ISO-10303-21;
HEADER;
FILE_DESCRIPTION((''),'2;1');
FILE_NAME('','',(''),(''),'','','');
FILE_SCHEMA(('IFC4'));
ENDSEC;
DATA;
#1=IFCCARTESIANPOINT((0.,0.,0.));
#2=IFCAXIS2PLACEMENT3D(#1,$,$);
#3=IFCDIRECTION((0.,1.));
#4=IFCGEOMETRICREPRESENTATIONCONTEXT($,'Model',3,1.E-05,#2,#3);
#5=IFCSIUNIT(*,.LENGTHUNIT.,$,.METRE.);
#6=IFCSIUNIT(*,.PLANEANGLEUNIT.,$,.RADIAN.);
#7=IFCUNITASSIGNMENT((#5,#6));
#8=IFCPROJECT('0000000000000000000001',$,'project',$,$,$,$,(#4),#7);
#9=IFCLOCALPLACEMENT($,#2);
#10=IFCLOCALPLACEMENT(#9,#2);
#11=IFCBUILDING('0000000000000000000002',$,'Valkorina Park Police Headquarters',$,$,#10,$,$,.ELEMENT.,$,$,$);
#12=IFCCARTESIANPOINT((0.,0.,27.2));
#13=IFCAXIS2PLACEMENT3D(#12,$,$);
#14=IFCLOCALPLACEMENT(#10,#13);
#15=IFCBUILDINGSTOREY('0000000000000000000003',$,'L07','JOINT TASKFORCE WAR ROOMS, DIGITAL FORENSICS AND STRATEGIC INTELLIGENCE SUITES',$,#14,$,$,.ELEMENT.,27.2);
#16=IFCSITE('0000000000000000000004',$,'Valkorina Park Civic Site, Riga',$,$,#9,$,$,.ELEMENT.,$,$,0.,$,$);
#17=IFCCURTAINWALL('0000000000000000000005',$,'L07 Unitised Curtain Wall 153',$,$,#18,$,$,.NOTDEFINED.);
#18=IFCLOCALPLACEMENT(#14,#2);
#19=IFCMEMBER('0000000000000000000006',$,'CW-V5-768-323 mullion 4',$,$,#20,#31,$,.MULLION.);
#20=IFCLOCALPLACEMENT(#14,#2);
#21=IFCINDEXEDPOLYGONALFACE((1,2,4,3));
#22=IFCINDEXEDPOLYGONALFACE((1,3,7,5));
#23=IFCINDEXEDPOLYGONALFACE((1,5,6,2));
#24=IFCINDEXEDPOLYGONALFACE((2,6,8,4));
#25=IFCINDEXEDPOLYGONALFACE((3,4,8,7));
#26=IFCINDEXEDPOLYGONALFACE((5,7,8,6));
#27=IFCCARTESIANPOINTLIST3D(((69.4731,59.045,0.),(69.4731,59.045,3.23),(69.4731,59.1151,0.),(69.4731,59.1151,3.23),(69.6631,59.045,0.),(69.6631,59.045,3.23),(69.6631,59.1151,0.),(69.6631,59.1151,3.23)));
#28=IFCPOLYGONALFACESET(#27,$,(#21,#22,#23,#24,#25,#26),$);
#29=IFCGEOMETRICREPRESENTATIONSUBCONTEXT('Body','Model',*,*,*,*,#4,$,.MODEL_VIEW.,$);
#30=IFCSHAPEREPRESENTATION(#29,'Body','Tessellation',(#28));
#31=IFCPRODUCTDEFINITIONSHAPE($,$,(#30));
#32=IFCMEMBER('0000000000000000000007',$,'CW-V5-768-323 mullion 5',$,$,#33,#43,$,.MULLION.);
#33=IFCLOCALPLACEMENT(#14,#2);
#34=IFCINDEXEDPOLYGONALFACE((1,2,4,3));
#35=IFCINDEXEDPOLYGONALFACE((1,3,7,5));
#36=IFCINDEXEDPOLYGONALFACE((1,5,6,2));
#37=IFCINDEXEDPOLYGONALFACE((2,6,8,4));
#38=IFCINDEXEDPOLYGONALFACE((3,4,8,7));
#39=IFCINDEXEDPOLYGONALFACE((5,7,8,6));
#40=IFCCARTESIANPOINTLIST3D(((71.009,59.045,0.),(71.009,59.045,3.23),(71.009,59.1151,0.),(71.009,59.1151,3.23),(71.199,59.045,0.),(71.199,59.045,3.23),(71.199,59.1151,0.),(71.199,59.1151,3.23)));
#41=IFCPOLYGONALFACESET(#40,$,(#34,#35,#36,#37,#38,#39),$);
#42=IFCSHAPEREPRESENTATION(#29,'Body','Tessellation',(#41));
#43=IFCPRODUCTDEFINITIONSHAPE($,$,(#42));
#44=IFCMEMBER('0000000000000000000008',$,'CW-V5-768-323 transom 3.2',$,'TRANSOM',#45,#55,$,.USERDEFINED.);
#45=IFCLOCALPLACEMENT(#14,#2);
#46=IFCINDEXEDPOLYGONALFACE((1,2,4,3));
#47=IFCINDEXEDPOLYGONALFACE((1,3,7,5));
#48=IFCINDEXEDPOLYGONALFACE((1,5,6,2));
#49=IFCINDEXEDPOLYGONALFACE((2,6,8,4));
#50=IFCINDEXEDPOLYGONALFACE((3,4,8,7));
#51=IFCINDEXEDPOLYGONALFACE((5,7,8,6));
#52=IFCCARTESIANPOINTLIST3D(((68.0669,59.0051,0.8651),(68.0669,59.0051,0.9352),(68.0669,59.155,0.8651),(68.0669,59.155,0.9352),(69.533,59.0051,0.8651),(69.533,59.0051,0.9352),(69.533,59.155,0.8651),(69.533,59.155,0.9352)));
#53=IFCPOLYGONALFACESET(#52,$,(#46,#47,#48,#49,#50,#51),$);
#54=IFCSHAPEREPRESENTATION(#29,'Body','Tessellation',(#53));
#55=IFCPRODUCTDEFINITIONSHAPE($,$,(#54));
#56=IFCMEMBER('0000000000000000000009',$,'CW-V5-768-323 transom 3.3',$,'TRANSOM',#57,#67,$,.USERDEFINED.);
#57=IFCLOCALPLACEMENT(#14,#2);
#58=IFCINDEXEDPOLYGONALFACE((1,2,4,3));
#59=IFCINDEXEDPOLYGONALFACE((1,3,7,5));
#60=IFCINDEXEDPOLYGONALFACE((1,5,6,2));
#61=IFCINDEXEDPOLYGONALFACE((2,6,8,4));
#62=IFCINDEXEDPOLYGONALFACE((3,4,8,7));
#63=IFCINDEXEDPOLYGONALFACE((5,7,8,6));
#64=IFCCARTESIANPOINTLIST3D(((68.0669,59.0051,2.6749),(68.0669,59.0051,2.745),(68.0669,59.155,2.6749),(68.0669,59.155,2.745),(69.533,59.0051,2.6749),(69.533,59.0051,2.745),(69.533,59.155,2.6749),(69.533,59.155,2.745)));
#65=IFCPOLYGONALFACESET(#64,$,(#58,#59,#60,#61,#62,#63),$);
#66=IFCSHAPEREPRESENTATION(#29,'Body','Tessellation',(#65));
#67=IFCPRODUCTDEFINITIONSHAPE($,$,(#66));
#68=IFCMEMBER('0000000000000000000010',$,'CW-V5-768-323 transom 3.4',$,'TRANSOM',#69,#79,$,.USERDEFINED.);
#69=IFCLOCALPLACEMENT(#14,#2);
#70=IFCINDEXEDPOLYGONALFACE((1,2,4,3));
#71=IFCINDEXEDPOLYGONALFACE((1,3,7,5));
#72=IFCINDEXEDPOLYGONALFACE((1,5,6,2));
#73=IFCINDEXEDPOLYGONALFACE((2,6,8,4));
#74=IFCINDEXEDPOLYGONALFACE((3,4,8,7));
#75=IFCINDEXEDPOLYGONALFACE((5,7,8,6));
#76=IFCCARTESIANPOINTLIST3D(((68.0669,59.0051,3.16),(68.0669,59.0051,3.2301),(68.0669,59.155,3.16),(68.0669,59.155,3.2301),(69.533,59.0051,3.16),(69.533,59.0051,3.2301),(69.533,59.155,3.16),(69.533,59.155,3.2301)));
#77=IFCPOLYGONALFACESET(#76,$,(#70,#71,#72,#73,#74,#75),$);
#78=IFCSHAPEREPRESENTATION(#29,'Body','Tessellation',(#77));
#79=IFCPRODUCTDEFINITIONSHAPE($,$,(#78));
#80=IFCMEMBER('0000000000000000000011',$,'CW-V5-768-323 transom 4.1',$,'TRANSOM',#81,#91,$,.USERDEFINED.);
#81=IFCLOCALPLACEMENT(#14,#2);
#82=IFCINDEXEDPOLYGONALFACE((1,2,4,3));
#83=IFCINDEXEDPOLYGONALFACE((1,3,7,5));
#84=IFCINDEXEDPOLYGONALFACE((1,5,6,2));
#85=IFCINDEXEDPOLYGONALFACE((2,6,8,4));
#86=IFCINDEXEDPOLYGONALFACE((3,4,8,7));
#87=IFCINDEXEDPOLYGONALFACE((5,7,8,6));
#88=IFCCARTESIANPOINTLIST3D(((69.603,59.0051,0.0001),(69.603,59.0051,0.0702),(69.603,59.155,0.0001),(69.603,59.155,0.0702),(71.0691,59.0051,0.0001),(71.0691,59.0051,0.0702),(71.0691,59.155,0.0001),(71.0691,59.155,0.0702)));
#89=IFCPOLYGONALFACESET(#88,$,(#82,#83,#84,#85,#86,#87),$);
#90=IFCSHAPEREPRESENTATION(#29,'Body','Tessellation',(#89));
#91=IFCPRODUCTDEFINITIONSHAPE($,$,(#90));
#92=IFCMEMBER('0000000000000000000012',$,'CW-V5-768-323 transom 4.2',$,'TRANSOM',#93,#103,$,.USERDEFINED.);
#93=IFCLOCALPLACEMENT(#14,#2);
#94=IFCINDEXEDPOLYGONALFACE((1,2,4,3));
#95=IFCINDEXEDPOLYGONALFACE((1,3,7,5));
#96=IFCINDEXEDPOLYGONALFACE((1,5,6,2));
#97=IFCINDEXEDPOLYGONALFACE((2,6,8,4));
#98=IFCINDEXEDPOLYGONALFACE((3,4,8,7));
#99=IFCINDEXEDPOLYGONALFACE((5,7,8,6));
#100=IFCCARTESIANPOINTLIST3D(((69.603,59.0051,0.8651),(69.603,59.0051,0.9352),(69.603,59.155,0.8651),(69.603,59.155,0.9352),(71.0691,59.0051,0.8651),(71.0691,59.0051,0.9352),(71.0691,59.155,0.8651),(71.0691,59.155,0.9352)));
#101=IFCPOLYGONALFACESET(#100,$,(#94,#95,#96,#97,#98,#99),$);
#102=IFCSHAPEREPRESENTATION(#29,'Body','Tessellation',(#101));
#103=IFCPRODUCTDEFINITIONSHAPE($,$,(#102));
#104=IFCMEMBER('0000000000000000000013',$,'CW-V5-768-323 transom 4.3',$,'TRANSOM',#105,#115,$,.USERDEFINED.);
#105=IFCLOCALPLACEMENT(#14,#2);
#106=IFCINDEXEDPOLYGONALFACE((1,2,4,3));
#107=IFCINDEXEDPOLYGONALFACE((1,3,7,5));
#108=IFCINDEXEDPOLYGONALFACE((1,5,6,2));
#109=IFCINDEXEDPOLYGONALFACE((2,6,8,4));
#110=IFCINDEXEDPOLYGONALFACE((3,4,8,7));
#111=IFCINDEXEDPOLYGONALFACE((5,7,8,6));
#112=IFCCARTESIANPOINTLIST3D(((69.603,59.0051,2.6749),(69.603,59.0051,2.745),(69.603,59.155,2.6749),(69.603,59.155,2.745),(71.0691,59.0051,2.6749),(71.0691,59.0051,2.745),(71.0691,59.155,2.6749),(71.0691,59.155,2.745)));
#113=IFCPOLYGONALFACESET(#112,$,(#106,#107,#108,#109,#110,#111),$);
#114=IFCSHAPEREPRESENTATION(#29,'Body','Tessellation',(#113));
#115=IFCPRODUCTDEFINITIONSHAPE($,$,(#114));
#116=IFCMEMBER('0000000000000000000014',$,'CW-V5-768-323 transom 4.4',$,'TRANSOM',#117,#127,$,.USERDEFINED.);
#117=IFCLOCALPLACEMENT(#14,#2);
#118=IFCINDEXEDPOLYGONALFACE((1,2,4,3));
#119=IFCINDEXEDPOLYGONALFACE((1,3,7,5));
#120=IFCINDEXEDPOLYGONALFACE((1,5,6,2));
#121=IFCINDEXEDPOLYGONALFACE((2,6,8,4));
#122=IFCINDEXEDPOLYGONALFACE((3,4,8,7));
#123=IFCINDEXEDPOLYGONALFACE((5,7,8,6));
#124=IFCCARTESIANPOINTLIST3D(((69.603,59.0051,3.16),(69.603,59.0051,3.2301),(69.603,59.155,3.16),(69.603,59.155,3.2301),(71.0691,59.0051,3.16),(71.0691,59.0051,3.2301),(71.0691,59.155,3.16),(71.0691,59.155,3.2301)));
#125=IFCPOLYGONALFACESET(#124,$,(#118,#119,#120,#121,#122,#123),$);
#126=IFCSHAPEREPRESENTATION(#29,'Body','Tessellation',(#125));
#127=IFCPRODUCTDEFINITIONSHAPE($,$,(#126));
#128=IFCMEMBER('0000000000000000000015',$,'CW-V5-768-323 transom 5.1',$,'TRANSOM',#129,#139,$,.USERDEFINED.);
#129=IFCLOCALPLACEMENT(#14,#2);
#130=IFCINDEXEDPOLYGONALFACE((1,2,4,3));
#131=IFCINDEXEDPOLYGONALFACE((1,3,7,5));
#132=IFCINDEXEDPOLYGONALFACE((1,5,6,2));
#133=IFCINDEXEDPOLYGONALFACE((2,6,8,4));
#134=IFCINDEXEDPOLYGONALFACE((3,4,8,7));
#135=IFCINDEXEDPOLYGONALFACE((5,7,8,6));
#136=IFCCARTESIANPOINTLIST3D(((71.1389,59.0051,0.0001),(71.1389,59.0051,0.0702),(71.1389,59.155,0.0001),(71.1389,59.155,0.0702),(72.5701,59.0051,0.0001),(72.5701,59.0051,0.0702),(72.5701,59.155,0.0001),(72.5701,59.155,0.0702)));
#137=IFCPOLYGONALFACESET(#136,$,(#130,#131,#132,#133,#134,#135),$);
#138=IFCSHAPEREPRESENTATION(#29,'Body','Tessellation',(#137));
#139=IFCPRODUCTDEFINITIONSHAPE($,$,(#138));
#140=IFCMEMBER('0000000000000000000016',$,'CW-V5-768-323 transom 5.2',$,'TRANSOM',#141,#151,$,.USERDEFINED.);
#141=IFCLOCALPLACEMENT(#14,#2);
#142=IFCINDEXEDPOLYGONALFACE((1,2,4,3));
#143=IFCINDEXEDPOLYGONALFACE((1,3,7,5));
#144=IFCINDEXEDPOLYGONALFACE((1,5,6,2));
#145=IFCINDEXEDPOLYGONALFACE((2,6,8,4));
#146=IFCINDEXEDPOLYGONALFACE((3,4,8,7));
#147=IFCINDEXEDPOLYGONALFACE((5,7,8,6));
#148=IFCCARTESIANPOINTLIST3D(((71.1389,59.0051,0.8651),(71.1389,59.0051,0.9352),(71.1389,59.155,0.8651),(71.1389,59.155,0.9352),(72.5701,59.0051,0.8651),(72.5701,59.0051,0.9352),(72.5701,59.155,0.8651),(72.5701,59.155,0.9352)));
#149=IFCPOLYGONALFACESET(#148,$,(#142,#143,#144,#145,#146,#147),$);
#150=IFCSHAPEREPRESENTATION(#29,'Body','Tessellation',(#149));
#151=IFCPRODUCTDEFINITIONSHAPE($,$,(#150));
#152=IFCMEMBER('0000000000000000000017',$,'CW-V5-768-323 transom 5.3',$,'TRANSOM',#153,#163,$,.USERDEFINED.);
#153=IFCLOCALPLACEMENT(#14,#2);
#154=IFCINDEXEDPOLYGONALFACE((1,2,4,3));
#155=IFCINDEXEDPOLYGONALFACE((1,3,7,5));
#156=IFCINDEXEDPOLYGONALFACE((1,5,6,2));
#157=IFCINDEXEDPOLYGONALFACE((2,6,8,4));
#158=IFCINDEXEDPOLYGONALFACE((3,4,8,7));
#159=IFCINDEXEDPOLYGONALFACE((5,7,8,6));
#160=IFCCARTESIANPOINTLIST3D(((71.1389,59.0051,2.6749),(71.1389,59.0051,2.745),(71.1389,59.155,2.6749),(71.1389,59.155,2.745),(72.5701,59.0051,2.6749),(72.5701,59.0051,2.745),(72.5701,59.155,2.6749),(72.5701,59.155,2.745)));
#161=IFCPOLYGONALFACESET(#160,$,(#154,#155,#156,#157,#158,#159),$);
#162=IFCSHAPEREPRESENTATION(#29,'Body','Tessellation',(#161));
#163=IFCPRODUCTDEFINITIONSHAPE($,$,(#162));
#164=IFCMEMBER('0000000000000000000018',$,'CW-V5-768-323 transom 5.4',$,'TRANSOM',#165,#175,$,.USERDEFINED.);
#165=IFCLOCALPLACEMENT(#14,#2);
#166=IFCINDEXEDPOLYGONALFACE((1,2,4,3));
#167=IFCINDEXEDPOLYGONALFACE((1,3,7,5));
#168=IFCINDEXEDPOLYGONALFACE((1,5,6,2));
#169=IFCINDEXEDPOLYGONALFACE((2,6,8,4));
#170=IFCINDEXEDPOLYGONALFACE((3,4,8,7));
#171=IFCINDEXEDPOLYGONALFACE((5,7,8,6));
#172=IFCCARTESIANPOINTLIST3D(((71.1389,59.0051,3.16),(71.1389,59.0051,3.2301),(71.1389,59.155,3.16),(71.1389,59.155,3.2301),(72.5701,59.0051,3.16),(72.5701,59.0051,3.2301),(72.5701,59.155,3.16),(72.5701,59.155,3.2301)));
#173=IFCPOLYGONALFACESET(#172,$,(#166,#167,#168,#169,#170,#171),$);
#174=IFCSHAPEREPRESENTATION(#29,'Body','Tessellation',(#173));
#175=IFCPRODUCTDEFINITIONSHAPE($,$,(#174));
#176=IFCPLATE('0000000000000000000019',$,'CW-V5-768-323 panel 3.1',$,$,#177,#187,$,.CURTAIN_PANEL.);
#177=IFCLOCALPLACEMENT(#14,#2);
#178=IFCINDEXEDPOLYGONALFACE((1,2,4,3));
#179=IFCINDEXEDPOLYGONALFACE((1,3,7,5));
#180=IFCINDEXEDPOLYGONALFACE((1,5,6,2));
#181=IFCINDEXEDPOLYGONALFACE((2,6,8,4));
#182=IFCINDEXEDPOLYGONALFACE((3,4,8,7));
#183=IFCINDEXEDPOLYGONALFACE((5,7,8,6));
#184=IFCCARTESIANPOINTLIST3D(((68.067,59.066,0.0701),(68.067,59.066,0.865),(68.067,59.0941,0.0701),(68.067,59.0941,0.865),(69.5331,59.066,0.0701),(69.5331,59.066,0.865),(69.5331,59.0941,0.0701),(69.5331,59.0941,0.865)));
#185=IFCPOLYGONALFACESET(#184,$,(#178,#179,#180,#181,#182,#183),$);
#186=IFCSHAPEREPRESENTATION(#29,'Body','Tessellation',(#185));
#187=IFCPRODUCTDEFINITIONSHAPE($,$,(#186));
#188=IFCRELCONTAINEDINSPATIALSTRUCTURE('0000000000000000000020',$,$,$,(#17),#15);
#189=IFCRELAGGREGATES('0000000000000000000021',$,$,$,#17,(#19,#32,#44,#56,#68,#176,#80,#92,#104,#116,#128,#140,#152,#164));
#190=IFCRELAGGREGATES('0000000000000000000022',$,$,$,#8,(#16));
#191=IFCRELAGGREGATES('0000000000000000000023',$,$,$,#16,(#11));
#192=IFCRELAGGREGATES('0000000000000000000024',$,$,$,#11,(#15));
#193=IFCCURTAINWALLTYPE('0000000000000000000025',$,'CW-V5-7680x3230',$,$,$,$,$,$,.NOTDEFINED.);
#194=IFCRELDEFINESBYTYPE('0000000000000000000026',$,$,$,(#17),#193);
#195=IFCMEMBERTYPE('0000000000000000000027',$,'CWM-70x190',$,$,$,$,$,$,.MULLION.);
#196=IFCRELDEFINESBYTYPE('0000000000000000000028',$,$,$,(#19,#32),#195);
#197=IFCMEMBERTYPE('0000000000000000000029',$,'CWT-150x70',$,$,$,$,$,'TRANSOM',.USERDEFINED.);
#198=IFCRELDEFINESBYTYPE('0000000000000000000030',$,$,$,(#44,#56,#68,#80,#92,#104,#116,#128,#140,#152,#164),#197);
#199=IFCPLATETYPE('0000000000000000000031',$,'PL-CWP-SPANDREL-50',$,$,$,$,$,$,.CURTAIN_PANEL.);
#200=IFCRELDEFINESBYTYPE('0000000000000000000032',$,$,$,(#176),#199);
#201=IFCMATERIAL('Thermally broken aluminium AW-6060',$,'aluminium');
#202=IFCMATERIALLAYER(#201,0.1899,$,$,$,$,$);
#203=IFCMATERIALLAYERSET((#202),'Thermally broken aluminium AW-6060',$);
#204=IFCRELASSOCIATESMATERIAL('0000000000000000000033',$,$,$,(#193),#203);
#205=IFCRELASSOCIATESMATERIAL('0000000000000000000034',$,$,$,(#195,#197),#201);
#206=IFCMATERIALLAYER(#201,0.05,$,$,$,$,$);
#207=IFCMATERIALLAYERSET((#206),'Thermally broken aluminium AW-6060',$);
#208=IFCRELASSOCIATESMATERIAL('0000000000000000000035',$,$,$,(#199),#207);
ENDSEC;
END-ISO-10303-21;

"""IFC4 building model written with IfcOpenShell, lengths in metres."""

from ifc_helpers import new_model, si_unit, direction, frame, origin, origin_2d, place, context, subcontext, project, spatial, rectangle, extrude, material, layer, layer_set, material_profile, profile_set, type_object, element, aggregate, save


model = new_model("IFC4")

# Units and contexts
model_context = context("Model", 3, precision=1e-05, world=origin(), true_north=direction((0.0, 1.0)))
body_context = subcontext(model_context, "Body", "Model", "MODEL_VIEW")
ifc_project = project(units=[si_unit("LENGTHUNIT", "METRE"), si_unit("PLANEANGLEUNIT", "RADIAN")], contexts=[model_context])

# Site, building, storey
site_placement = place(None, origin())
site = spatial("IfcSite", under=ifc_project, at=site_placement, Name="Valkorina Park Civic Site, Riga", CompositionType="ELEMENT", RefElevation=0.0)
building_placement = place(site_placement, origin())
building = spatial("IfcBuilding", under=site, at=building_placement, Name="Valkorina Park Police Headquarters", CompositionType="ELEMENT")
storey_placement = place(building_placement, frame((0.0, 0.0, 27.2)))
storey = spatial("IfcBuildingStorey", under=building, at=storey_placement, Name="L07", Description="JOINT TASKFORCE WAR ROOMS, DIGITAL FORENSICS AND STRATEGIC INTELLIGENCE SUITES", CompositionType="ELEMENT", Elevation=27.2)

# Curtain wall, members, plate
ifc_material_1 = material(Name="Thermally broken aluminium AW-6060", Category="aluminium")
ifc_layer_1 = layer(ifc_material_1, 0.1899)
ifc_layer_set_1 = layer_set([ifc_layer_1], Name="Thermally broken aluminium AW-6060")
curtain_wall_type = type_object("IfcCurtainWallType", Name="CW-V5-7680x3230", PredefinedType="NOTDEFINED", material=ifc_layer_set_1)
curtain_wall_placement = place(storey_placement, origin())
curtain_wall = element("IfcCurtainWall", 1, at=curtain_wall_placement, inside=storey, type_object=curtain_wall_type, Name="L07 Unitised Curtain Wall 153", PredefinedType="NOTDEFINED")
ifc_material_profile_1 = material_profile(ifc_material_1, rectangle(XDim=0.0701, YDim=0.1899, at=origin_2d()), Name="CWM-02 70x190")
ifc_profile_set_1 = profile_set([ifc_material_profile_1], Name="Thermally broken aluminium AW-6060")
member_type_1 = type_object("IfcMemberType", Name="CWM-70x190", PredefinedType="MULLION", material=ifc_profile_set_1)
member_1_placement = place(storey_placement, frame((69.5681, 59.0801, 0.0), z_axis=(0.0, 0.0, 1.0), x_axis=(0.0, 1.0, 0.0)))
member_1 = element("IfcMember", 2, at=member_1_placement, type_object=member_type_1, Name="CW-V5-768-323 mullion 4", PredefinedType="MULLION", context=body_context, shape_type="SweptSolid", body=[
    extrude(rectangle(XDim=0.0701, YDim=0.1899, at=origin_2d()), origin(), (0.0, 0.0, 1.0), 3.23),
])
member_2_placement = place(storey_placement, frame((71.104, 59.0801, 0.0), z_axis=(0.0, 0.0, 1.0), x_axis=(0.0, 1.0, 0.0)))
member_2 = element("IfcMember", 3, at=member_2_placement, type_object=member_type_1, Name="CW-V5-768-323 mullion 5", PredefinedType="MULLION", context=body_context, shape_type="SweptSolid", body=[
    extrude(rectangle(XDim=0.0701, YDim=0.1899, at=origin_2d()), origin(), (0.0, 0.0, 1.0), 3.23),
])
ifc_material_profile_2 = material_profile(ifc_material_1, rectangle(XDim=0.1499, YDim=0.0701, at=origin_2d()), Name="CWT-02 150x70")
ifc_profile_set_2 = profile_set([ifc_material_profile_2], Name="Thermally broken aluminium AW-6060")
member_type_2 = type_object("IfcMemberType", Name="CWT-150x70", ElementType="TRANSOM", PredefinedType="USERDEFINED", material=ifc_profile_set_2)
member_3_placement = place(storey_placement, frame((68.0669, 59.0801, 0.9001), z_axis=(1.0, 0.0, 0.0), x_axis=(0.0, 1.0, 0.0)))
member_3 = element("IfcMember", 4, at=member_3_placement, type_object=member_type_2, Name="CW-V5-768-323 transom 3.2", ObjectType="TRANSOM", PredefinedType="USERDEFINED", context=body_context, shape_type="SweptSolid", body=[
    extrude(rectangle(XDim=0.1499, YDim=0.0701, at=origin_2d()), origin(), (0.0, 0.0, 1.0), 1.4661),
])
member_4_placement = place(storey_placement, frame((68.0669, 59.0801, 2.71), z_axis=(1.0, 0.0, 0.0), x_axis=(0.0, 1.0, 0.0)))
member_4 = element("IfcMember", 5, at=member_4_placement, type_object=member_type_2, Name="CW-V5-768-323 transom 3.3", ObjectType="TRANSOM", PredefinedType="USERDEFINED", context=body_context, shape_type="SweptSolid", body=[
    extrude(rectangle(XDim=0.1499, YDim=0.0701, at=origin_2d()), origin(), (0.0, 0.0, 1.0), 1.4661),
])
member_5_placement = place(storey_placement, frame((68.0669, 59.0801, 3.1951), z_axis=(1.0, 0.0, 0.0), x_axis=(0.0, 1.0, 0.0)))
member_5 = element("IfcMember", 6, at=member_5_placement, type_object=member_type_2, Name="CW-V5-768-323 transom 3.4", ObjectType="TRANSOM", PredefinedType="USERDEFINED", context=body_context, shape_type="SweptSolid", body=[
    extrude(rectangle(XDim=0.1499, YDim=0.0701, at=origin_2d()), origin(), (0.0, 0.0, 1.0), 1.4661),
])
member_6_placement = place(storey_placement, frame((69.603, 59.0801, 0.0352), z_axis=(1.0, 0.0, 0.0), x_axis=(0.0, 1.0, 0.0)))
member_6 = element("IfcMember", 7, at=member_6_placement, type_object=member_type_2, Name="CW-V5-768-323 transom 4.1", ObjectType="TRANSOM", PredefinedType="USERDEFINED", context=body_context, shape_type="SweptSolid", body=[
    extrude(rectangle(XDim=0.1499, YDim=0.0701, at=origin_2d()), origin(), (0.0, 0.0, 1.0), 1.4661),
])
member_7_placement = place(storey_placement, frame((69.603, 59.0801, 0.9001), z_axis=(1.0, 0.0, 0.0), x_axis=(0.0, 1.0, 0.0)))
member_7 = element("IfcMember", 8, at=member_7_placement, type_object=member_type_2, Name="CW-V5-768-323 transom 4.2", ObjectType="TRANSOM", PredefinedType="USERDEFINED", context=body_context, shape_type="SweptSolid", body=[
    extrude(rectangle(XDim=0.1499, YDim=0.0701, at=origin_2d()), origin(), (0.0, 0.0, 1.0), 1.4661),
])
member_8_placement = place(storey_placement, frame((69.603, 59.0801, 2.71), z_axis=(1.0, 0.0, 0.0), x_axis=(0.0, 1.0, 0.0)))
member_8 = element("IfcMember", 9, at=member_8_placement, type_object=member_type_2, Name="CW-V5-768-323 transom 4.3", ObjectType="TRANSOM", PredefinedType="USERDEFINED", context=body_context, shape_type="SweptSolid", body=[
    extrude(rectangle(XDim=0.1499, YDim=0.0701, at=origin_2d()), origin(), (0.0, 0.0, 1.0), 1.4661),
])
member_9_placement = place(storey_placement, frame((69.603, 59.0801, 3.1951), z_axis=(1.0, 0.0, 0.0), x_axis=(0.0, 1.0, 0.0)))
member_9 = element("IfcMember", 10, at=member_9_placement, type_object=member_type_2, Name="CW-V5-768-323 transom 4.4", ObjectType="TRANSOM", PredefinedType="USERDEFINED", context=body_context, shape_type="SweptSolid", body=[
    extrude(rectangle(XDim=0.1499, YDim=0.0701, at=origin_2d()), origin(), (0.0, 0.0, 1.0), 1.4661),
])
member_10_placement = place(storey_placement, frame((71.1389, 59.0801, 0.0352), z_axis=(1.0, 0.0, 0.0), x_axis=(0.0, 1.0, 0.0)))
member_10 = element("IfcMember", 11, at=member_10_placement, type_object=member_type_2, Name="CW-V5-768-323 transom 5.1", ObjectType="TRANSOM", PredefinedType="USERDEFINED", context=body_context, shape_type="SweptSolid", body=[
    extrude(rectangle(XDim=0.1499, YDim=0.0701, at=origin_2d()), origin(), (0.0, 0.0, 1.0), 1.4312),
])
member_11_placement = place(storey_placement, frame((71.1389, 59.0801, 0.9001), z_axis=(1.0, 0.0, 0.0), x_axis=(0.0, 1.0, 0.0)))
member_11 = element("IfcMember", 12, at=member_11_placement, type_object=member_type_2, Name="CW-V5-768-323 transom 5.2", ObjectType="TRANSOM", PredefinedType="USERDEFINED", context=body_context, shape_type="SweptSolid", body=[
    extrude(rectangle(XDim=0.1499, YDim=0.0701, at=origin_2d()), origin(), (0.0, 0.0, 1.0), 1.4312),
])
member_12_placement = place(storey_placement, frame((71.1389, 59.0801, 2.71), z_axis=(1.0, 0.0, 0.0), x_axis=(0.0, 1.0, 0.0)))
member_12 = element("IfcMember", 13, at=member_12_placement, type_object=member_type_2, Name="CW-V5-768-323 transom 5.3", ObjectType="TRANSOM", PredefinedType="USERDEFINED", context=body_context, shape_type="SweptSolid", body=[
    extrude(rectangle(XDim=0.1499, YDim=0.0701, at=origin_2d()), origin(), (0.0, 0.0, 1.0), 1.4312),
])
member_13_placement = place(storey_placement, frame((71.1389, 59.0801, 3.1951), z_axis=(1.0, 0.0, 0.0), x_axis=(0.0, 1.0, 0.0)))
member_13 = element("IfcMember", 14, at=member_13_placement, type_object=member_type_2, Name="CW-V5-768-323 transom 5.4", ObjectType="TRANSOM", PredefinedType="USERDEFINED", context=body_context, shape_type="SweptSolid", body=[
    extrude(rectangle(XDim=0.1499, YDim=0.0701, at=origin_2d()), origin(), (0.0, 0.0, 1.0), 1.4312),
])
ifc_layer_2 = layer(ifc_material_1, 0.05)
ifc_layer_set_2 = layer_set([ifc_layer_2], Name="Thermally broken aluminium AW-6060")
plate_type_1 = type_object("IfcPlateType", Name="PL-CWP-SPANDREL-50", PredefinedType="CURTAIN_PANEL", material=ifc_layer_set_2)
plate_1_placement = place(storey_placement, frame((68.8, 59.0801, 0.0701), z_axis=(0.0, 0.0, 1.0), x_axis=(1.0, 0.0, 0.0)))
plate_1 = element("IfcPlate", 15, at=plate_1_placement, type_object=plate_type_1, Name="CW-V5-768-323 panel 3.1", PredefinedType="CURTAIN_PANEL", context=body_context, shape_type="SweptSolid", body=[
    extrude(rectangle(XDim=1.4661, YDim=0.0281, at=origin_2d()), origin(), (0.0, 0.0, 1.0), 0.7949),
])
aggregate(curtain_wall, [member_1, member_2, member_3, member_4, member_5, plate_1, member_6, member_7, member_8, member_9, member_10, member_11, member_12, member_13])

save(model, "model.ifc")
